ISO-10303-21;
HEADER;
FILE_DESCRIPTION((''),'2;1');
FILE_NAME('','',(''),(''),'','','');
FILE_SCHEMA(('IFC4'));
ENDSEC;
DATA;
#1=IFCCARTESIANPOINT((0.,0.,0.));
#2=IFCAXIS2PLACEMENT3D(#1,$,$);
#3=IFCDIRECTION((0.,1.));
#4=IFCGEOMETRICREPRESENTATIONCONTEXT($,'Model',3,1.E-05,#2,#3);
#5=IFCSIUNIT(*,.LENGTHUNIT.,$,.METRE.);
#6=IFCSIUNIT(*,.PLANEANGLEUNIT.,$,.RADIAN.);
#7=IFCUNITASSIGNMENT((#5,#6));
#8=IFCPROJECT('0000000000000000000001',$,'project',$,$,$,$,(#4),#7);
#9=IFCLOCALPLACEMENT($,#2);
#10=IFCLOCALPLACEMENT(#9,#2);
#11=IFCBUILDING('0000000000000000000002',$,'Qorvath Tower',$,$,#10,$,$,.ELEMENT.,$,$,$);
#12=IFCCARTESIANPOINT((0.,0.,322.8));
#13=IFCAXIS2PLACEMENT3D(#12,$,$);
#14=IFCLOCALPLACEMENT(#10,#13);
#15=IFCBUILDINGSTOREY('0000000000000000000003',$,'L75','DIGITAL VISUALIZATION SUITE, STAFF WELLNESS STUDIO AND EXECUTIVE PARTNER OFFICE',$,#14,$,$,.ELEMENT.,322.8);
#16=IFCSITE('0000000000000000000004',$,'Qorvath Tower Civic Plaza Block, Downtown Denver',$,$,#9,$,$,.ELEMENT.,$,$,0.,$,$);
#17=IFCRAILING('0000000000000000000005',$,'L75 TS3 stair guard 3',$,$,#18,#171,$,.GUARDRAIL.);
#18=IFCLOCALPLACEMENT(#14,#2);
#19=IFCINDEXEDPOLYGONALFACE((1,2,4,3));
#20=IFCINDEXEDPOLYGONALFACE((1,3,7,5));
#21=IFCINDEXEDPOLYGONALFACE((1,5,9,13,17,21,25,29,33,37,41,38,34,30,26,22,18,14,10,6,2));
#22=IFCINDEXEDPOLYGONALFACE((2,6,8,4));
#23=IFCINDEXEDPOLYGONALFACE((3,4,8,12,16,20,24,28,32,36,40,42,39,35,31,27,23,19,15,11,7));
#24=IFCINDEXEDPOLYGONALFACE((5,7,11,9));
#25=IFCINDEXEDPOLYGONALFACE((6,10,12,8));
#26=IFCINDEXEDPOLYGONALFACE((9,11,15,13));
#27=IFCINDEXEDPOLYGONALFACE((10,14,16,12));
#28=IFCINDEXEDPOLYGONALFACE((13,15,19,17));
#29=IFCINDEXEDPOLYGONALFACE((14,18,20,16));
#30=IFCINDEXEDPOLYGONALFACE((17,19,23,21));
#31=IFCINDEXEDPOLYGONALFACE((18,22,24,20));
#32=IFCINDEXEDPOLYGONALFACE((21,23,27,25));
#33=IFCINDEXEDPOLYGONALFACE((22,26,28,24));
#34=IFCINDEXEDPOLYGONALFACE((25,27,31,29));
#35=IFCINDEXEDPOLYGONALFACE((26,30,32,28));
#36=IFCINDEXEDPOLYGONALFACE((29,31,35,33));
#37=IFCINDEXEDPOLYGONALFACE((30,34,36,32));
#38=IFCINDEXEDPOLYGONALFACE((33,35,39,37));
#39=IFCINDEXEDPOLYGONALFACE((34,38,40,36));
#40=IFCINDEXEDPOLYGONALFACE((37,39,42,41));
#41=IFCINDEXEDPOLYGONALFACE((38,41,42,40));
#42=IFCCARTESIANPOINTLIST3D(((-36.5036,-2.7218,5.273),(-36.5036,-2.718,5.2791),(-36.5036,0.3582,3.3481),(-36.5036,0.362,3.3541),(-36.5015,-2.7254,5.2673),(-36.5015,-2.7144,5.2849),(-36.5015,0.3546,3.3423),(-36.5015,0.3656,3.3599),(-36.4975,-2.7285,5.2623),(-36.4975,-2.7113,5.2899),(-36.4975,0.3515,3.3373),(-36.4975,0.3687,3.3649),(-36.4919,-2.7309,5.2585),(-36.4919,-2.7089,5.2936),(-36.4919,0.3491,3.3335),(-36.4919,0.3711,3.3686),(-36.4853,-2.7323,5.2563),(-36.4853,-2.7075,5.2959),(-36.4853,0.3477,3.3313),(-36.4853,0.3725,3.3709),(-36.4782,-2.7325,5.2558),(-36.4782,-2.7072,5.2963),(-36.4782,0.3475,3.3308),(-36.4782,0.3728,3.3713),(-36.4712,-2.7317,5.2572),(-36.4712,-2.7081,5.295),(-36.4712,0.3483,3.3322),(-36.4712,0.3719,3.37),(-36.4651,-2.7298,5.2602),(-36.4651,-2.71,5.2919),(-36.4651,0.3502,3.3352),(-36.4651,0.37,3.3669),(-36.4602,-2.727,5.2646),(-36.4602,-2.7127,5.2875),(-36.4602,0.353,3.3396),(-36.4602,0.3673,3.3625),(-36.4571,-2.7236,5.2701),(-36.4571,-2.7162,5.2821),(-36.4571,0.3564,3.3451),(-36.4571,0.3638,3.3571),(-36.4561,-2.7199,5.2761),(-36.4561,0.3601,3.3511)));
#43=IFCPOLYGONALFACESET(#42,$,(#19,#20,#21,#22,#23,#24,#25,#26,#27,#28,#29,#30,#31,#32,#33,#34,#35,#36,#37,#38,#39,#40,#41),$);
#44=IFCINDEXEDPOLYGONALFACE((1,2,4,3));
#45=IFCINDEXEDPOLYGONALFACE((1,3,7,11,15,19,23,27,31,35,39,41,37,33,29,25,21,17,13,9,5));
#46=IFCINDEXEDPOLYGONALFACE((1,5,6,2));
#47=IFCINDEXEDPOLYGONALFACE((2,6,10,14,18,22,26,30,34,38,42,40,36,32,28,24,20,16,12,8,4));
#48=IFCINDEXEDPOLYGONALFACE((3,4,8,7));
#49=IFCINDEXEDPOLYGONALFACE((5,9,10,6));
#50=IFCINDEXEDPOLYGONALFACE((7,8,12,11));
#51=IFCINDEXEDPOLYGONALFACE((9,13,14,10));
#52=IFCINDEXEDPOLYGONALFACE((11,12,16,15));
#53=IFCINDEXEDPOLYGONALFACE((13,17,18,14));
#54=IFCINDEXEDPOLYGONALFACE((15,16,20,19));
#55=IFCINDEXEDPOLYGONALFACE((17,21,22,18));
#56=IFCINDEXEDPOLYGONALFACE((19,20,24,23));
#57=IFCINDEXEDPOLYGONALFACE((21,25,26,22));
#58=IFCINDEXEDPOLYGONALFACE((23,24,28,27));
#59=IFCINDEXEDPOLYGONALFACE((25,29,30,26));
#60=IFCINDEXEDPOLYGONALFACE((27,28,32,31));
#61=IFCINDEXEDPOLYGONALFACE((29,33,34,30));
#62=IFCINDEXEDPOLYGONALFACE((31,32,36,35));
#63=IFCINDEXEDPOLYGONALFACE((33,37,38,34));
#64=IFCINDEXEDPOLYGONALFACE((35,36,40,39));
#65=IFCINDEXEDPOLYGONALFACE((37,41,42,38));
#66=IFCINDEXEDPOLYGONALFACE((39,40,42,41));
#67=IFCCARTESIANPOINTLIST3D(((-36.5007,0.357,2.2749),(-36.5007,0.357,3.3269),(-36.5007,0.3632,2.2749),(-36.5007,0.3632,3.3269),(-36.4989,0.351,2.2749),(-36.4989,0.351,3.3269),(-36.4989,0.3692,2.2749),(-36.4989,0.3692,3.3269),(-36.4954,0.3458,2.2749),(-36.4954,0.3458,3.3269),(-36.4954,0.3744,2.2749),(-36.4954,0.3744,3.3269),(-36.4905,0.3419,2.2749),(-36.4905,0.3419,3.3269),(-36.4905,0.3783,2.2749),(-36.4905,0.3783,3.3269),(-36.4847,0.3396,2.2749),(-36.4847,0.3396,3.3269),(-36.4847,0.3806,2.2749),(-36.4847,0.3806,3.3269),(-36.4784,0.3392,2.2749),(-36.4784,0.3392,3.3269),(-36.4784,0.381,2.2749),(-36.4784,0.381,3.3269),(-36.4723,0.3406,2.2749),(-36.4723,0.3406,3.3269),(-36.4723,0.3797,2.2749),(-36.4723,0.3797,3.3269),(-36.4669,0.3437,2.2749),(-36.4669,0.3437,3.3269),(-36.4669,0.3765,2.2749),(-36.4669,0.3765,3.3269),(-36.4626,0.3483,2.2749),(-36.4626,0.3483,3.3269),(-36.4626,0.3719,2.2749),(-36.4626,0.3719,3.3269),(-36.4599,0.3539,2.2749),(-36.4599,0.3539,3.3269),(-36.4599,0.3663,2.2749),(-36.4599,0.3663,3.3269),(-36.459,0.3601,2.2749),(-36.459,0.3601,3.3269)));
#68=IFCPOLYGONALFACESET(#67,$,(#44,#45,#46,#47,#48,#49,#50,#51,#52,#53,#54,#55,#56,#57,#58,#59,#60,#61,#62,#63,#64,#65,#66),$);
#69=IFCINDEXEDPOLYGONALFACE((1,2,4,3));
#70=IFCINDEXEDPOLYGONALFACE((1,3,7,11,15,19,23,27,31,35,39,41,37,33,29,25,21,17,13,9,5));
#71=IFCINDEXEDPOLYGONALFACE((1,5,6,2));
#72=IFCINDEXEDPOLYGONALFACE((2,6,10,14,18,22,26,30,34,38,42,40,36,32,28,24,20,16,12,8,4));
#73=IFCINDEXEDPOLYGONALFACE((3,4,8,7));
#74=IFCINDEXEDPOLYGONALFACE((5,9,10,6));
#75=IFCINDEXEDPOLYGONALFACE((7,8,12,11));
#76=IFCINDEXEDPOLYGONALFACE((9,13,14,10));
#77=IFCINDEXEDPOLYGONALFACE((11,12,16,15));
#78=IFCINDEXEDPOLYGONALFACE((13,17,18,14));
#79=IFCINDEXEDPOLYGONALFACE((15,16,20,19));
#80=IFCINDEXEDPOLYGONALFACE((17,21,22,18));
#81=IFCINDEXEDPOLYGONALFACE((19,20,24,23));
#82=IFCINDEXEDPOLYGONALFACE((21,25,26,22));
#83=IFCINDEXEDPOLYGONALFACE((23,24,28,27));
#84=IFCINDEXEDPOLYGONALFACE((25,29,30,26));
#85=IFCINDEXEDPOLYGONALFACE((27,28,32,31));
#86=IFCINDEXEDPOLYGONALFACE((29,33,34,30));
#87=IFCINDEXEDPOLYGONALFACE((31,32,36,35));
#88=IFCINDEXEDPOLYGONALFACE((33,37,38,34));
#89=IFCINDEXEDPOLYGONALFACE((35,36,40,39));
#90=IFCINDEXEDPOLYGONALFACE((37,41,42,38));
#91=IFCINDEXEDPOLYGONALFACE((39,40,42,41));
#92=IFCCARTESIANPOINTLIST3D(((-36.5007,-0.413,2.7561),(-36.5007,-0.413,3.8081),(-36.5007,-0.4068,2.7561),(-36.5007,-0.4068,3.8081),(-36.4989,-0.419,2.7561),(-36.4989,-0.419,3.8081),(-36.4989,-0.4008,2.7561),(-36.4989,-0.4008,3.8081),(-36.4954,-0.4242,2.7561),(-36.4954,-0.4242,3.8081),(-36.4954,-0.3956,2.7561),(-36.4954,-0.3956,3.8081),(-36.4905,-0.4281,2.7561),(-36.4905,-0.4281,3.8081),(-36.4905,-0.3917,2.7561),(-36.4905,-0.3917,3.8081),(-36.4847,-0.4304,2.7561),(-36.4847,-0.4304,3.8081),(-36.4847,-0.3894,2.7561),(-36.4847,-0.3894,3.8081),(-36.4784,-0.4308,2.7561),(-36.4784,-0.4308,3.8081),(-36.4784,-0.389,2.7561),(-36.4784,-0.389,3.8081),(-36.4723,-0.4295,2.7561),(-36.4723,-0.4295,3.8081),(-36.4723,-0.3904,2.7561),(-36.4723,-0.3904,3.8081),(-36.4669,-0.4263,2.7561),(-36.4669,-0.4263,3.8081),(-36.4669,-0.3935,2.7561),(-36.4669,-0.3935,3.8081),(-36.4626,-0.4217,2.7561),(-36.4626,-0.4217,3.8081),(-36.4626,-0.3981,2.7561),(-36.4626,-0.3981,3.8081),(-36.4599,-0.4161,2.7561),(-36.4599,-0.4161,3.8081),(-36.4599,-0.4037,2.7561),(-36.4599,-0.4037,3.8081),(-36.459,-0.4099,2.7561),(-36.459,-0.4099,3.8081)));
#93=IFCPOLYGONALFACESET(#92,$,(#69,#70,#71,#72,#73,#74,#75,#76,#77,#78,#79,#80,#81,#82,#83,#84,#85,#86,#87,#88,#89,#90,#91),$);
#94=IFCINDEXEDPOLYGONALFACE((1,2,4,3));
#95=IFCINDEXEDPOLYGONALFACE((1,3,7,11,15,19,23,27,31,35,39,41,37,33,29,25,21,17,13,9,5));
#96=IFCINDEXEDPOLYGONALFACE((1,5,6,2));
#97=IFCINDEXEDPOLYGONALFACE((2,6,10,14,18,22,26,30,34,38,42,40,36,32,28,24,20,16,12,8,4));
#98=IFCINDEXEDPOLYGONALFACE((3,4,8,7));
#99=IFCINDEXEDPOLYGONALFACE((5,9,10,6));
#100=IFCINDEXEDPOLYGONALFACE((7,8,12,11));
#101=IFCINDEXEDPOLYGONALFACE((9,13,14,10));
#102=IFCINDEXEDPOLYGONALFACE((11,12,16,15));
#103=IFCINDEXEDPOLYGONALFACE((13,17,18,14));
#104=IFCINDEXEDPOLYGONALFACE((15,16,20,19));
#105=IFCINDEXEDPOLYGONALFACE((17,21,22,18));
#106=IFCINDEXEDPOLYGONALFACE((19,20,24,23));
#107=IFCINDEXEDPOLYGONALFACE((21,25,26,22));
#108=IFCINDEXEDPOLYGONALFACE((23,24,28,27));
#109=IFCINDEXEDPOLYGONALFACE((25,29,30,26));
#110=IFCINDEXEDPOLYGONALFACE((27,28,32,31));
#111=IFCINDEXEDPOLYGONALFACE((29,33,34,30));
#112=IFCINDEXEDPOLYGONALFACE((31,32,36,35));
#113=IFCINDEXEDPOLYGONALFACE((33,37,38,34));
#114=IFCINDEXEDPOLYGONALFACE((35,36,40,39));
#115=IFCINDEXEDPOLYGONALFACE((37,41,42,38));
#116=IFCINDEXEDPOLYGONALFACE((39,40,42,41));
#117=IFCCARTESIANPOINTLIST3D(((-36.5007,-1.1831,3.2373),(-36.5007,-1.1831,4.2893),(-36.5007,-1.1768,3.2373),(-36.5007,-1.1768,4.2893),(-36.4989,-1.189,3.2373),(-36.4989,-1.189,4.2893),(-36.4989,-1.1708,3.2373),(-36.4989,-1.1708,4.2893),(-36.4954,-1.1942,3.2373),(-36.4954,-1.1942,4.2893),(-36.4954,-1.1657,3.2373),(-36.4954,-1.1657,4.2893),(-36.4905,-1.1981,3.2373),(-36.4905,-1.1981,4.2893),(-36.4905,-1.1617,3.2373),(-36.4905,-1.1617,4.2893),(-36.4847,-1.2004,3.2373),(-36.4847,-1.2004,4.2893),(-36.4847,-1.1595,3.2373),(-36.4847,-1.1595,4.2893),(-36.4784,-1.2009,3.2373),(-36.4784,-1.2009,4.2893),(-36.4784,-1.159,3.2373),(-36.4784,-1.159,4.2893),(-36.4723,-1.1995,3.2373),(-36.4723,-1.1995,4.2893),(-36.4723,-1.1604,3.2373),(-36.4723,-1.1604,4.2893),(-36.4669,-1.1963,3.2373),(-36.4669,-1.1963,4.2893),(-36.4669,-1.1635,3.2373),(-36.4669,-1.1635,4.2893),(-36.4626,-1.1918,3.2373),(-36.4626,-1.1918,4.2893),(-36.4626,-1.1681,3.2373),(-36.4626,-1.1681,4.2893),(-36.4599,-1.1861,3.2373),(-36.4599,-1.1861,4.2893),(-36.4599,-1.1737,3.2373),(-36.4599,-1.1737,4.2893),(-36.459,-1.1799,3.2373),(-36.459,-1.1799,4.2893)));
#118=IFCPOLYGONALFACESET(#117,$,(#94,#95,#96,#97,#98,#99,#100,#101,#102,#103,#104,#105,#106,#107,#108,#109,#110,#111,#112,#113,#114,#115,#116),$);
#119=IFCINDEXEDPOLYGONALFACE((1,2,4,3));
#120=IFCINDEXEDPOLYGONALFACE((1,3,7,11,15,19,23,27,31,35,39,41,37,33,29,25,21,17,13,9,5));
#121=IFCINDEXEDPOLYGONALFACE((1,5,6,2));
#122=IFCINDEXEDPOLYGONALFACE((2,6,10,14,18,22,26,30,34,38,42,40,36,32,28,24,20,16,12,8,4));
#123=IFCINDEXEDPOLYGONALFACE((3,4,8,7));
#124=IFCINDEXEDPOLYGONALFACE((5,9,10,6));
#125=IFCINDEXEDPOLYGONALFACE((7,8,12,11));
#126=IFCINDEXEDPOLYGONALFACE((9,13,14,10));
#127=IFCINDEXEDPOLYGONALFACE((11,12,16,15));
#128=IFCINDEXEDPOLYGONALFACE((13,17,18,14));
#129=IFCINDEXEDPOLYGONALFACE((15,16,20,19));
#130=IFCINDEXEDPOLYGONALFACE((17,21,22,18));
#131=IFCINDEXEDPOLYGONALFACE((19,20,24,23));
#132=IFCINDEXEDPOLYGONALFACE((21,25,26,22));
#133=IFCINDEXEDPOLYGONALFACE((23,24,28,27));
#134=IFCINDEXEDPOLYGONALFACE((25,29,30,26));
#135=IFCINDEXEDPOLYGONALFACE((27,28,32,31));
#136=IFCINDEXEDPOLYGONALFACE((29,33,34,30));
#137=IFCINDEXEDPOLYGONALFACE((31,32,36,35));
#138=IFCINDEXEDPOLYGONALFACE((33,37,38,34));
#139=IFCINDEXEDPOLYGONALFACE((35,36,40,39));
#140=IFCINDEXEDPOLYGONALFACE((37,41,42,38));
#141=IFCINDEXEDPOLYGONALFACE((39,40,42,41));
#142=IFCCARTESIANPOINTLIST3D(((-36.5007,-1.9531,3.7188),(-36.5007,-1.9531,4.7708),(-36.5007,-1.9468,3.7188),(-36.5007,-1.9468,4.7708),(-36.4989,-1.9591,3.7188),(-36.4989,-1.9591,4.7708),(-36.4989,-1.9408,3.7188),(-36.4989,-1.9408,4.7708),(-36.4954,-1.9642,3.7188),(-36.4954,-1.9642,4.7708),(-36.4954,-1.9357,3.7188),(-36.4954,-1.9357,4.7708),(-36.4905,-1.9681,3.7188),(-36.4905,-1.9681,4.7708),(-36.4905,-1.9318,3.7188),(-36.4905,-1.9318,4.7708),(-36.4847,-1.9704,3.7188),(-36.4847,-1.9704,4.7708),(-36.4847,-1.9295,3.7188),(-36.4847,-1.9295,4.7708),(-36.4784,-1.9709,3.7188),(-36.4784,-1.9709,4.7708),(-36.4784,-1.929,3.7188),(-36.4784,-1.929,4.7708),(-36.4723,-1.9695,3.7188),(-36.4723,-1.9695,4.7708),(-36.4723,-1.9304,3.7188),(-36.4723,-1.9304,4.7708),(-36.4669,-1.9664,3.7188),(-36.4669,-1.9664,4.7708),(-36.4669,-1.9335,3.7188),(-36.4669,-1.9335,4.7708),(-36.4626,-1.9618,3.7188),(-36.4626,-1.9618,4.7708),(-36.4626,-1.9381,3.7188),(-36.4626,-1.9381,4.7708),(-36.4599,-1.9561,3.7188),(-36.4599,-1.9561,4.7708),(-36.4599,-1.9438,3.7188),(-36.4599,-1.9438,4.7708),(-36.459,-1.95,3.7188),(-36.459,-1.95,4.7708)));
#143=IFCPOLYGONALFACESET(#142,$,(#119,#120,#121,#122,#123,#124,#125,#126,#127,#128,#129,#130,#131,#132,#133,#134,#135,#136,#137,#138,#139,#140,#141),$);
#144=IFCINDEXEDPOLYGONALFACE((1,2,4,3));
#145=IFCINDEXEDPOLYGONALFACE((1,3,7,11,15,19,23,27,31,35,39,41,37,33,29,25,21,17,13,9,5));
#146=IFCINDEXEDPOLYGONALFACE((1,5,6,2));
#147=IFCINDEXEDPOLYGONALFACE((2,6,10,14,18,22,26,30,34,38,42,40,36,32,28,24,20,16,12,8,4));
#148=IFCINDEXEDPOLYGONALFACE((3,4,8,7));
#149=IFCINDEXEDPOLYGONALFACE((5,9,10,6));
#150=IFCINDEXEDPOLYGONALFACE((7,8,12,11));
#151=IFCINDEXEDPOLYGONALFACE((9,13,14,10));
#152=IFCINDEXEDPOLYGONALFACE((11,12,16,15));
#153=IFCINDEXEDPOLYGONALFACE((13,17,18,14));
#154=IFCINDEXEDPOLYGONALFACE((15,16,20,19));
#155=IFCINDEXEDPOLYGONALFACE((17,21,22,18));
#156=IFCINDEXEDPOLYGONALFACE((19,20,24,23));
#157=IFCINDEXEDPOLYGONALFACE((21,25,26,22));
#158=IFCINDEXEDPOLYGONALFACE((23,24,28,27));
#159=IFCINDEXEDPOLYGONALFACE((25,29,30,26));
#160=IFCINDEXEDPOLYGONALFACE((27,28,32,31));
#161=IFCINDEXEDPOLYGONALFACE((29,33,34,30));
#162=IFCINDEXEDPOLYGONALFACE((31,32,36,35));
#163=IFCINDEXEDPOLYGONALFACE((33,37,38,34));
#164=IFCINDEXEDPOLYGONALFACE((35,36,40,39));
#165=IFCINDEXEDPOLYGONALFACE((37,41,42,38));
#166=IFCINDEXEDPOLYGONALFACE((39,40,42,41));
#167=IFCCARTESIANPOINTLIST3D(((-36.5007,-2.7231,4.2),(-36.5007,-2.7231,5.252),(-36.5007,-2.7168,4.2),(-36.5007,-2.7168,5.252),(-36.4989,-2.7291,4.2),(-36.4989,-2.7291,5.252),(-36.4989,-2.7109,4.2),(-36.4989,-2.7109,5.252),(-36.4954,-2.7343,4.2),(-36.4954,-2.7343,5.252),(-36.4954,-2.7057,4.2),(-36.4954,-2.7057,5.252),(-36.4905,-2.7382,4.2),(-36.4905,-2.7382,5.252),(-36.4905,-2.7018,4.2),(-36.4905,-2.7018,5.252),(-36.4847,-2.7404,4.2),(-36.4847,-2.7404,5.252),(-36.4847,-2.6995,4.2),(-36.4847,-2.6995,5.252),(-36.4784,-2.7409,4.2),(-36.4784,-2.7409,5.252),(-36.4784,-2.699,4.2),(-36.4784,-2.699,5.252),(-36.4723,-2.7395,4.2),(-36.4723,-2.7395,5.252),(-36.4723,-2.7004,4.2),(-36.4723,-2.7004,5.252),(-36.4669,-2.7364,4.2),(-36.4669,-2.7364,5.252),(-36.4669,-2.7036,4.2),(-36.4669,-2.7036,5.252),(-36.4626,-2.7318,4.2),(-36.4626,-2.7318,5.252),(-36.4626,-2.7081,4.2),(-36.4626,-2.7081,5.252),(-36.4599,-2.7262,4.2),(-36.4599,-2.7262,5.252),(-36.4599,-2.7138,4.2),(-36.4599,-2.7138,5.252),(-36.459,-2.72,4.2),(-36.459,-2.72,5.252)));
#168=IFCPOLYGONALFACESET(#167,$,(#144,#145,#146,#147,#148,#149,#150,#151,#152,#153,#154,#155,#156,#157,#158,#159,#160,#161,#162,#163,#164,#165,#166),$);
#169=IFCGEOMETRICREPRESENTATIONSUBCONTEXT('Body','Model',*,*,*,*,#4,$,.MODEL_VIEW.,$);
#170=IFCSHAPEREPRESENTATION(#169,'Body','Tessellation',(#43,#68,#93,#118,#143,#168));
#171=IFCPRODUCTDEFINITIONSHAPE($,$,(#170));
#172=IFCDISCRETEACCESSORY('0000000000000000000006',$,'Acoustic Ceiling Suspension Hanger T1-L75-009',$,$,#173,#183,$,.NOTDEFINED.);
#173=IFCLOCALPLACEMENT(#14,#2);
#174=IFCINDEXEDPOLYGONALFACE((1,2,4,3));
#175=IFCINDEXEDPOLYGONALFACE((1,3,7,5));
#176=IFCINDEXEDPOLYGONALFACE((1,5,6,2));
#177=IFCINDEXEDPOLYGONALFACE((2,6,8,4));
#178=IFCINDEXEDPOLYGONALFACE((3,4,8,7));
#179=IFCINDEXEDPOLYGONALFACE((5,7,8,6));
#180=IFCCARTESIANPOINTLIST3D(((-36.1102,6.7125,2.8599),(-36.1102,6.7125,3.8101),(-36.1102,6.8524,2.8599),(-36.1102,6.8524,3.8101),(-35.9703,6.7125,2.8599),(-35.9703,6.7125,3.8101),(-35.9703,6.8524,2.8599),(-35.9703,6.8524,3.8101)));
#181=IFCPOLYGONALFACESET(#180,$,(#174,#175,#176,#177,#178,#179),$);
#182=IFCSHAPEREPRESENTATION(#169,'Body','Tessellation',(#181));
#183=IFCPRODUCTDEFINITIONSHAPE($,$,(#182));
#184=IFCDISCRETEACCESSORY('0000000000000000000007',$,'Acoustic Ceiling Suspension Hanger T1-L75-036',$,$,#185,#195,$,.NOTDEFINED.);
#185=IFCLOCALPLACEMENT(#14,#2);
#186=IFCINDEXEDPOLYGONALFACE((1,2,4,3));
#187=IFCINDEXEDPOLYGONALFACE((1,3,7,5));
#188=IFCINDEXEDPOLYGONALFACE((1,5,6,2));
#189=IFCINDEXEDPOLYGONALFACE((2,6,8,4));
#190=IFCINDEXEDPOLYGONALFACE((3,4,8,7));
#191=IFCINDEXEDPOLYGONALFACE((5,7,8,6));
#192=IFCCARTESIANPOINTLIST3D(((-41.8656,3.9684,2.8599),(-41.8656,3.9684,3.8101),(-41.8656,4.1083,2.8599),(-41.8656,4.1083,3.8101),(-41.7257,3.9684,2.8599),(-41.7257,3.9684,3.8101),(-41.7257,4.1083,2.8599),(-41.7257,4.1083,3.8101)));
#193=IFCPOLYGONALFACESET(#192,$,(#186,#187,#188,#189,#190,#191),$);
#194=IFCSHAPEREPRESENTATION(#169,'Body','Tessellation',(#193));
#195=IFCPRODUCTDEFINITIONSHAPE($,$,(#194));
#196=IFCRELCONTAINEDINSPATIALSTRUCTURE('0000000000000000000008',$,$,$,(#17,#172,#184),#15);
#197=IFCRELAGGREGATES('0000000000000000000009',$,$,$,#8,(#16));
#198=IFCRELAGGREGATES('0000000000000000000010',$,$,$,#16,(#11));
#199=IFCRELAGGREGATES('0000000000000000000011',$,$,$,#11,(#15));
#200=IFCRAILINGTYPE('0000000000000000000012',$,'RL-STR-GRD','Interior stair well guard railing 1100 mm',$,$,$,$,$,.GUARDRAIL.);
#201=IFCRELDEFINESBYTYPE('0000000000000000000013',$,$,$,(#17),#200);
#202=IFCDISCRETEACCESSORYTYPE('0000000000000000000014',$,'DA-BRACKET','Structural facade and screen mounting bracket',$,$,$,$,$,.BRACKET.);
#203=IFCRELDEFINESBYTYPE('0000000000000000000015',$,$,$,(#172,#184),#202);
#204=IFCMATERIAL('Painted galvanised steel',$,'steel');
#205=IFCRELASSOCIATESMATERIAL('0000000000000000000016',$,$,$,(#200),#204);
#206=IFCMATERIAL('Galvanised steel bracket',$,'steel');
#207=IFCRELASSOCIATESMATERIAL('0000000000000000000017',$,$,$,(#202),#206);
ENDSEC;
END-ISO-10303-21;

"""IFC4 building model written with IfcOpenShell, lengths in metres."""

from ifc_helpers import new_model, si_unit, direction, frame, origin, origin_2d, place, context, subcontext, project, spatial, rectangle, circle, extrude, material, type_object, element, save


model = new_model("IFC4")

# Units and contexts
model_context = context("Model", 3, precision=1e-05, world=origin(), true_north=direction((0.0, 1.0)))
body_context = subcontext(model_context, "Body", "Model", "MODEL_VIEW")
ifc_project = project(units=[si_unit("LENGTHUNIT", "METRE"), si_unit("PLANEANGLEUNIT", "RADIAN")], contexts=[model_context])

# Site, building, storey
site_placement = place(None, origin())
site = spatial("IfcSite", under=ifc_project, at=site_placement, Name="Qorvath Tower Civic Plaza Block, Downtown Denver", CompositionType="ELEMENT", RefElevation=0.0)
building_placement = place(site_placement, origin())
building = spatial("IfcBuilding", under=site, at=building_placement, Name="Qorvath Tower", CompositionType="ELEMENT")
storey_placement = place(building_placement, frame((0.0, 0.0, 322.8)))
storey = spatial("IfcBuildingStorey", under=building, at=storey_placement, Name="L75", Description="DIGITAL VISUALIZATION SUITE, STAFF WELLNESS STUDIO AND EXECUTIVE PARTNER OFFICE", CompositionType="ELEMENT", Elevation=322.8)

# Railing
ifc_material_1 = material(Name="Painted galvanised steel", Category="steel")
railing_type = type_object("IfcRailingType", Name="RL-STR-GRD", Description="Interior stair well guard railing 1100 mm", PredefinedType="GUARDRAIL", material=ifc_material_1)
railing_1_placement = place(storey_placement, frame((-36.48, 0.3601, 2.2749)))
element("IfcRailing", 1, at=railing_1_placement, inside=storey, type_object=railing_type, Name="L75 TS3 stair guard 3", PredefinedType="GUARDRAIL", context=body_context, shape_type="SweptSolid", body=[
    extrude(circle(Radius=0.0239, at=origin_2d()), frame((0.0, 0.0, 1.0762), z_axis=(0.0, -0.847998, 0.529999), x_axis=(1.0, 0.0, 0.0)), (0.0, 0.0, 1.0), 3.6321),
    extrude(circle(Radius=0.021, at=origin_2d()), origin(), (0.0, 0.0, 1.0), 1.052),
    extrude(circle(Radius=0.021, at=origin_2d()), frame((0.0, -0.77, 0.4812)), (0.0, 0.0, 1.0), 1.052),
    extrude(circle(Radius=0.021, at=origin_2d()), frame((0.0, -1.54, 0.9624)), (0.0, 0.0, 1.0), 1.052),
    extrude(circle(Radius=0.021, at=origin_2d()), frame((0.0, -2.3101, 1.4438)), (0.0, 0.0, 1.0), 1.052),
    extrude(circle(Radius=0.021, at=origin_2d()), frame((0.0, -3.0801, 1.925)), (0.0, 0.0, 1.0), 1.052),
])

# Discrete accessories
ifc_material_2 = material(Name="Galvanised steel bracket", Category="steel")
discrete_accessory_type = type_object("IfcDiscreteAccessoryType", Name="DA-BRACKET", Description="Structural facade and screen mounting bracket", PredefinedType="BRACKET", material=ifc_material_2)
for number, where, z_axis, x_axis, name in (
    (2, (-36.0403, 6.7825, 2.8599), (0.0, 0.0, 1.0), (1.0, 0.0, 0.0), "Acoustic Ceiling Suspension Hanger T1-L75-009"),
    (3, (-41.7957, 4.0383, 2.8599), (0.0, 0.0, 1.0), (1.0, 0.0, 0.0), "Acoustic Ceiling Suspension Hanger T1-L75-036"),
):
    element("IfcDiscreteAccessory", number, at=place(storey_placement, frame(where, z_axis=z_axis, x_axis=x_axis)), inside=storey, type_object=discrete_accessory_type, Name=name, PredefinedType="NOTDEFINED", context=body_context, shape_type="SweptSolid", body=[
        extrude(rectangle(XDim=0.1399, YDim=0.1399, at=origin_2d()), origin(), (0.0, 0.0, 1.0), 0.9502),
    ])

save(model, "model.ifc")
